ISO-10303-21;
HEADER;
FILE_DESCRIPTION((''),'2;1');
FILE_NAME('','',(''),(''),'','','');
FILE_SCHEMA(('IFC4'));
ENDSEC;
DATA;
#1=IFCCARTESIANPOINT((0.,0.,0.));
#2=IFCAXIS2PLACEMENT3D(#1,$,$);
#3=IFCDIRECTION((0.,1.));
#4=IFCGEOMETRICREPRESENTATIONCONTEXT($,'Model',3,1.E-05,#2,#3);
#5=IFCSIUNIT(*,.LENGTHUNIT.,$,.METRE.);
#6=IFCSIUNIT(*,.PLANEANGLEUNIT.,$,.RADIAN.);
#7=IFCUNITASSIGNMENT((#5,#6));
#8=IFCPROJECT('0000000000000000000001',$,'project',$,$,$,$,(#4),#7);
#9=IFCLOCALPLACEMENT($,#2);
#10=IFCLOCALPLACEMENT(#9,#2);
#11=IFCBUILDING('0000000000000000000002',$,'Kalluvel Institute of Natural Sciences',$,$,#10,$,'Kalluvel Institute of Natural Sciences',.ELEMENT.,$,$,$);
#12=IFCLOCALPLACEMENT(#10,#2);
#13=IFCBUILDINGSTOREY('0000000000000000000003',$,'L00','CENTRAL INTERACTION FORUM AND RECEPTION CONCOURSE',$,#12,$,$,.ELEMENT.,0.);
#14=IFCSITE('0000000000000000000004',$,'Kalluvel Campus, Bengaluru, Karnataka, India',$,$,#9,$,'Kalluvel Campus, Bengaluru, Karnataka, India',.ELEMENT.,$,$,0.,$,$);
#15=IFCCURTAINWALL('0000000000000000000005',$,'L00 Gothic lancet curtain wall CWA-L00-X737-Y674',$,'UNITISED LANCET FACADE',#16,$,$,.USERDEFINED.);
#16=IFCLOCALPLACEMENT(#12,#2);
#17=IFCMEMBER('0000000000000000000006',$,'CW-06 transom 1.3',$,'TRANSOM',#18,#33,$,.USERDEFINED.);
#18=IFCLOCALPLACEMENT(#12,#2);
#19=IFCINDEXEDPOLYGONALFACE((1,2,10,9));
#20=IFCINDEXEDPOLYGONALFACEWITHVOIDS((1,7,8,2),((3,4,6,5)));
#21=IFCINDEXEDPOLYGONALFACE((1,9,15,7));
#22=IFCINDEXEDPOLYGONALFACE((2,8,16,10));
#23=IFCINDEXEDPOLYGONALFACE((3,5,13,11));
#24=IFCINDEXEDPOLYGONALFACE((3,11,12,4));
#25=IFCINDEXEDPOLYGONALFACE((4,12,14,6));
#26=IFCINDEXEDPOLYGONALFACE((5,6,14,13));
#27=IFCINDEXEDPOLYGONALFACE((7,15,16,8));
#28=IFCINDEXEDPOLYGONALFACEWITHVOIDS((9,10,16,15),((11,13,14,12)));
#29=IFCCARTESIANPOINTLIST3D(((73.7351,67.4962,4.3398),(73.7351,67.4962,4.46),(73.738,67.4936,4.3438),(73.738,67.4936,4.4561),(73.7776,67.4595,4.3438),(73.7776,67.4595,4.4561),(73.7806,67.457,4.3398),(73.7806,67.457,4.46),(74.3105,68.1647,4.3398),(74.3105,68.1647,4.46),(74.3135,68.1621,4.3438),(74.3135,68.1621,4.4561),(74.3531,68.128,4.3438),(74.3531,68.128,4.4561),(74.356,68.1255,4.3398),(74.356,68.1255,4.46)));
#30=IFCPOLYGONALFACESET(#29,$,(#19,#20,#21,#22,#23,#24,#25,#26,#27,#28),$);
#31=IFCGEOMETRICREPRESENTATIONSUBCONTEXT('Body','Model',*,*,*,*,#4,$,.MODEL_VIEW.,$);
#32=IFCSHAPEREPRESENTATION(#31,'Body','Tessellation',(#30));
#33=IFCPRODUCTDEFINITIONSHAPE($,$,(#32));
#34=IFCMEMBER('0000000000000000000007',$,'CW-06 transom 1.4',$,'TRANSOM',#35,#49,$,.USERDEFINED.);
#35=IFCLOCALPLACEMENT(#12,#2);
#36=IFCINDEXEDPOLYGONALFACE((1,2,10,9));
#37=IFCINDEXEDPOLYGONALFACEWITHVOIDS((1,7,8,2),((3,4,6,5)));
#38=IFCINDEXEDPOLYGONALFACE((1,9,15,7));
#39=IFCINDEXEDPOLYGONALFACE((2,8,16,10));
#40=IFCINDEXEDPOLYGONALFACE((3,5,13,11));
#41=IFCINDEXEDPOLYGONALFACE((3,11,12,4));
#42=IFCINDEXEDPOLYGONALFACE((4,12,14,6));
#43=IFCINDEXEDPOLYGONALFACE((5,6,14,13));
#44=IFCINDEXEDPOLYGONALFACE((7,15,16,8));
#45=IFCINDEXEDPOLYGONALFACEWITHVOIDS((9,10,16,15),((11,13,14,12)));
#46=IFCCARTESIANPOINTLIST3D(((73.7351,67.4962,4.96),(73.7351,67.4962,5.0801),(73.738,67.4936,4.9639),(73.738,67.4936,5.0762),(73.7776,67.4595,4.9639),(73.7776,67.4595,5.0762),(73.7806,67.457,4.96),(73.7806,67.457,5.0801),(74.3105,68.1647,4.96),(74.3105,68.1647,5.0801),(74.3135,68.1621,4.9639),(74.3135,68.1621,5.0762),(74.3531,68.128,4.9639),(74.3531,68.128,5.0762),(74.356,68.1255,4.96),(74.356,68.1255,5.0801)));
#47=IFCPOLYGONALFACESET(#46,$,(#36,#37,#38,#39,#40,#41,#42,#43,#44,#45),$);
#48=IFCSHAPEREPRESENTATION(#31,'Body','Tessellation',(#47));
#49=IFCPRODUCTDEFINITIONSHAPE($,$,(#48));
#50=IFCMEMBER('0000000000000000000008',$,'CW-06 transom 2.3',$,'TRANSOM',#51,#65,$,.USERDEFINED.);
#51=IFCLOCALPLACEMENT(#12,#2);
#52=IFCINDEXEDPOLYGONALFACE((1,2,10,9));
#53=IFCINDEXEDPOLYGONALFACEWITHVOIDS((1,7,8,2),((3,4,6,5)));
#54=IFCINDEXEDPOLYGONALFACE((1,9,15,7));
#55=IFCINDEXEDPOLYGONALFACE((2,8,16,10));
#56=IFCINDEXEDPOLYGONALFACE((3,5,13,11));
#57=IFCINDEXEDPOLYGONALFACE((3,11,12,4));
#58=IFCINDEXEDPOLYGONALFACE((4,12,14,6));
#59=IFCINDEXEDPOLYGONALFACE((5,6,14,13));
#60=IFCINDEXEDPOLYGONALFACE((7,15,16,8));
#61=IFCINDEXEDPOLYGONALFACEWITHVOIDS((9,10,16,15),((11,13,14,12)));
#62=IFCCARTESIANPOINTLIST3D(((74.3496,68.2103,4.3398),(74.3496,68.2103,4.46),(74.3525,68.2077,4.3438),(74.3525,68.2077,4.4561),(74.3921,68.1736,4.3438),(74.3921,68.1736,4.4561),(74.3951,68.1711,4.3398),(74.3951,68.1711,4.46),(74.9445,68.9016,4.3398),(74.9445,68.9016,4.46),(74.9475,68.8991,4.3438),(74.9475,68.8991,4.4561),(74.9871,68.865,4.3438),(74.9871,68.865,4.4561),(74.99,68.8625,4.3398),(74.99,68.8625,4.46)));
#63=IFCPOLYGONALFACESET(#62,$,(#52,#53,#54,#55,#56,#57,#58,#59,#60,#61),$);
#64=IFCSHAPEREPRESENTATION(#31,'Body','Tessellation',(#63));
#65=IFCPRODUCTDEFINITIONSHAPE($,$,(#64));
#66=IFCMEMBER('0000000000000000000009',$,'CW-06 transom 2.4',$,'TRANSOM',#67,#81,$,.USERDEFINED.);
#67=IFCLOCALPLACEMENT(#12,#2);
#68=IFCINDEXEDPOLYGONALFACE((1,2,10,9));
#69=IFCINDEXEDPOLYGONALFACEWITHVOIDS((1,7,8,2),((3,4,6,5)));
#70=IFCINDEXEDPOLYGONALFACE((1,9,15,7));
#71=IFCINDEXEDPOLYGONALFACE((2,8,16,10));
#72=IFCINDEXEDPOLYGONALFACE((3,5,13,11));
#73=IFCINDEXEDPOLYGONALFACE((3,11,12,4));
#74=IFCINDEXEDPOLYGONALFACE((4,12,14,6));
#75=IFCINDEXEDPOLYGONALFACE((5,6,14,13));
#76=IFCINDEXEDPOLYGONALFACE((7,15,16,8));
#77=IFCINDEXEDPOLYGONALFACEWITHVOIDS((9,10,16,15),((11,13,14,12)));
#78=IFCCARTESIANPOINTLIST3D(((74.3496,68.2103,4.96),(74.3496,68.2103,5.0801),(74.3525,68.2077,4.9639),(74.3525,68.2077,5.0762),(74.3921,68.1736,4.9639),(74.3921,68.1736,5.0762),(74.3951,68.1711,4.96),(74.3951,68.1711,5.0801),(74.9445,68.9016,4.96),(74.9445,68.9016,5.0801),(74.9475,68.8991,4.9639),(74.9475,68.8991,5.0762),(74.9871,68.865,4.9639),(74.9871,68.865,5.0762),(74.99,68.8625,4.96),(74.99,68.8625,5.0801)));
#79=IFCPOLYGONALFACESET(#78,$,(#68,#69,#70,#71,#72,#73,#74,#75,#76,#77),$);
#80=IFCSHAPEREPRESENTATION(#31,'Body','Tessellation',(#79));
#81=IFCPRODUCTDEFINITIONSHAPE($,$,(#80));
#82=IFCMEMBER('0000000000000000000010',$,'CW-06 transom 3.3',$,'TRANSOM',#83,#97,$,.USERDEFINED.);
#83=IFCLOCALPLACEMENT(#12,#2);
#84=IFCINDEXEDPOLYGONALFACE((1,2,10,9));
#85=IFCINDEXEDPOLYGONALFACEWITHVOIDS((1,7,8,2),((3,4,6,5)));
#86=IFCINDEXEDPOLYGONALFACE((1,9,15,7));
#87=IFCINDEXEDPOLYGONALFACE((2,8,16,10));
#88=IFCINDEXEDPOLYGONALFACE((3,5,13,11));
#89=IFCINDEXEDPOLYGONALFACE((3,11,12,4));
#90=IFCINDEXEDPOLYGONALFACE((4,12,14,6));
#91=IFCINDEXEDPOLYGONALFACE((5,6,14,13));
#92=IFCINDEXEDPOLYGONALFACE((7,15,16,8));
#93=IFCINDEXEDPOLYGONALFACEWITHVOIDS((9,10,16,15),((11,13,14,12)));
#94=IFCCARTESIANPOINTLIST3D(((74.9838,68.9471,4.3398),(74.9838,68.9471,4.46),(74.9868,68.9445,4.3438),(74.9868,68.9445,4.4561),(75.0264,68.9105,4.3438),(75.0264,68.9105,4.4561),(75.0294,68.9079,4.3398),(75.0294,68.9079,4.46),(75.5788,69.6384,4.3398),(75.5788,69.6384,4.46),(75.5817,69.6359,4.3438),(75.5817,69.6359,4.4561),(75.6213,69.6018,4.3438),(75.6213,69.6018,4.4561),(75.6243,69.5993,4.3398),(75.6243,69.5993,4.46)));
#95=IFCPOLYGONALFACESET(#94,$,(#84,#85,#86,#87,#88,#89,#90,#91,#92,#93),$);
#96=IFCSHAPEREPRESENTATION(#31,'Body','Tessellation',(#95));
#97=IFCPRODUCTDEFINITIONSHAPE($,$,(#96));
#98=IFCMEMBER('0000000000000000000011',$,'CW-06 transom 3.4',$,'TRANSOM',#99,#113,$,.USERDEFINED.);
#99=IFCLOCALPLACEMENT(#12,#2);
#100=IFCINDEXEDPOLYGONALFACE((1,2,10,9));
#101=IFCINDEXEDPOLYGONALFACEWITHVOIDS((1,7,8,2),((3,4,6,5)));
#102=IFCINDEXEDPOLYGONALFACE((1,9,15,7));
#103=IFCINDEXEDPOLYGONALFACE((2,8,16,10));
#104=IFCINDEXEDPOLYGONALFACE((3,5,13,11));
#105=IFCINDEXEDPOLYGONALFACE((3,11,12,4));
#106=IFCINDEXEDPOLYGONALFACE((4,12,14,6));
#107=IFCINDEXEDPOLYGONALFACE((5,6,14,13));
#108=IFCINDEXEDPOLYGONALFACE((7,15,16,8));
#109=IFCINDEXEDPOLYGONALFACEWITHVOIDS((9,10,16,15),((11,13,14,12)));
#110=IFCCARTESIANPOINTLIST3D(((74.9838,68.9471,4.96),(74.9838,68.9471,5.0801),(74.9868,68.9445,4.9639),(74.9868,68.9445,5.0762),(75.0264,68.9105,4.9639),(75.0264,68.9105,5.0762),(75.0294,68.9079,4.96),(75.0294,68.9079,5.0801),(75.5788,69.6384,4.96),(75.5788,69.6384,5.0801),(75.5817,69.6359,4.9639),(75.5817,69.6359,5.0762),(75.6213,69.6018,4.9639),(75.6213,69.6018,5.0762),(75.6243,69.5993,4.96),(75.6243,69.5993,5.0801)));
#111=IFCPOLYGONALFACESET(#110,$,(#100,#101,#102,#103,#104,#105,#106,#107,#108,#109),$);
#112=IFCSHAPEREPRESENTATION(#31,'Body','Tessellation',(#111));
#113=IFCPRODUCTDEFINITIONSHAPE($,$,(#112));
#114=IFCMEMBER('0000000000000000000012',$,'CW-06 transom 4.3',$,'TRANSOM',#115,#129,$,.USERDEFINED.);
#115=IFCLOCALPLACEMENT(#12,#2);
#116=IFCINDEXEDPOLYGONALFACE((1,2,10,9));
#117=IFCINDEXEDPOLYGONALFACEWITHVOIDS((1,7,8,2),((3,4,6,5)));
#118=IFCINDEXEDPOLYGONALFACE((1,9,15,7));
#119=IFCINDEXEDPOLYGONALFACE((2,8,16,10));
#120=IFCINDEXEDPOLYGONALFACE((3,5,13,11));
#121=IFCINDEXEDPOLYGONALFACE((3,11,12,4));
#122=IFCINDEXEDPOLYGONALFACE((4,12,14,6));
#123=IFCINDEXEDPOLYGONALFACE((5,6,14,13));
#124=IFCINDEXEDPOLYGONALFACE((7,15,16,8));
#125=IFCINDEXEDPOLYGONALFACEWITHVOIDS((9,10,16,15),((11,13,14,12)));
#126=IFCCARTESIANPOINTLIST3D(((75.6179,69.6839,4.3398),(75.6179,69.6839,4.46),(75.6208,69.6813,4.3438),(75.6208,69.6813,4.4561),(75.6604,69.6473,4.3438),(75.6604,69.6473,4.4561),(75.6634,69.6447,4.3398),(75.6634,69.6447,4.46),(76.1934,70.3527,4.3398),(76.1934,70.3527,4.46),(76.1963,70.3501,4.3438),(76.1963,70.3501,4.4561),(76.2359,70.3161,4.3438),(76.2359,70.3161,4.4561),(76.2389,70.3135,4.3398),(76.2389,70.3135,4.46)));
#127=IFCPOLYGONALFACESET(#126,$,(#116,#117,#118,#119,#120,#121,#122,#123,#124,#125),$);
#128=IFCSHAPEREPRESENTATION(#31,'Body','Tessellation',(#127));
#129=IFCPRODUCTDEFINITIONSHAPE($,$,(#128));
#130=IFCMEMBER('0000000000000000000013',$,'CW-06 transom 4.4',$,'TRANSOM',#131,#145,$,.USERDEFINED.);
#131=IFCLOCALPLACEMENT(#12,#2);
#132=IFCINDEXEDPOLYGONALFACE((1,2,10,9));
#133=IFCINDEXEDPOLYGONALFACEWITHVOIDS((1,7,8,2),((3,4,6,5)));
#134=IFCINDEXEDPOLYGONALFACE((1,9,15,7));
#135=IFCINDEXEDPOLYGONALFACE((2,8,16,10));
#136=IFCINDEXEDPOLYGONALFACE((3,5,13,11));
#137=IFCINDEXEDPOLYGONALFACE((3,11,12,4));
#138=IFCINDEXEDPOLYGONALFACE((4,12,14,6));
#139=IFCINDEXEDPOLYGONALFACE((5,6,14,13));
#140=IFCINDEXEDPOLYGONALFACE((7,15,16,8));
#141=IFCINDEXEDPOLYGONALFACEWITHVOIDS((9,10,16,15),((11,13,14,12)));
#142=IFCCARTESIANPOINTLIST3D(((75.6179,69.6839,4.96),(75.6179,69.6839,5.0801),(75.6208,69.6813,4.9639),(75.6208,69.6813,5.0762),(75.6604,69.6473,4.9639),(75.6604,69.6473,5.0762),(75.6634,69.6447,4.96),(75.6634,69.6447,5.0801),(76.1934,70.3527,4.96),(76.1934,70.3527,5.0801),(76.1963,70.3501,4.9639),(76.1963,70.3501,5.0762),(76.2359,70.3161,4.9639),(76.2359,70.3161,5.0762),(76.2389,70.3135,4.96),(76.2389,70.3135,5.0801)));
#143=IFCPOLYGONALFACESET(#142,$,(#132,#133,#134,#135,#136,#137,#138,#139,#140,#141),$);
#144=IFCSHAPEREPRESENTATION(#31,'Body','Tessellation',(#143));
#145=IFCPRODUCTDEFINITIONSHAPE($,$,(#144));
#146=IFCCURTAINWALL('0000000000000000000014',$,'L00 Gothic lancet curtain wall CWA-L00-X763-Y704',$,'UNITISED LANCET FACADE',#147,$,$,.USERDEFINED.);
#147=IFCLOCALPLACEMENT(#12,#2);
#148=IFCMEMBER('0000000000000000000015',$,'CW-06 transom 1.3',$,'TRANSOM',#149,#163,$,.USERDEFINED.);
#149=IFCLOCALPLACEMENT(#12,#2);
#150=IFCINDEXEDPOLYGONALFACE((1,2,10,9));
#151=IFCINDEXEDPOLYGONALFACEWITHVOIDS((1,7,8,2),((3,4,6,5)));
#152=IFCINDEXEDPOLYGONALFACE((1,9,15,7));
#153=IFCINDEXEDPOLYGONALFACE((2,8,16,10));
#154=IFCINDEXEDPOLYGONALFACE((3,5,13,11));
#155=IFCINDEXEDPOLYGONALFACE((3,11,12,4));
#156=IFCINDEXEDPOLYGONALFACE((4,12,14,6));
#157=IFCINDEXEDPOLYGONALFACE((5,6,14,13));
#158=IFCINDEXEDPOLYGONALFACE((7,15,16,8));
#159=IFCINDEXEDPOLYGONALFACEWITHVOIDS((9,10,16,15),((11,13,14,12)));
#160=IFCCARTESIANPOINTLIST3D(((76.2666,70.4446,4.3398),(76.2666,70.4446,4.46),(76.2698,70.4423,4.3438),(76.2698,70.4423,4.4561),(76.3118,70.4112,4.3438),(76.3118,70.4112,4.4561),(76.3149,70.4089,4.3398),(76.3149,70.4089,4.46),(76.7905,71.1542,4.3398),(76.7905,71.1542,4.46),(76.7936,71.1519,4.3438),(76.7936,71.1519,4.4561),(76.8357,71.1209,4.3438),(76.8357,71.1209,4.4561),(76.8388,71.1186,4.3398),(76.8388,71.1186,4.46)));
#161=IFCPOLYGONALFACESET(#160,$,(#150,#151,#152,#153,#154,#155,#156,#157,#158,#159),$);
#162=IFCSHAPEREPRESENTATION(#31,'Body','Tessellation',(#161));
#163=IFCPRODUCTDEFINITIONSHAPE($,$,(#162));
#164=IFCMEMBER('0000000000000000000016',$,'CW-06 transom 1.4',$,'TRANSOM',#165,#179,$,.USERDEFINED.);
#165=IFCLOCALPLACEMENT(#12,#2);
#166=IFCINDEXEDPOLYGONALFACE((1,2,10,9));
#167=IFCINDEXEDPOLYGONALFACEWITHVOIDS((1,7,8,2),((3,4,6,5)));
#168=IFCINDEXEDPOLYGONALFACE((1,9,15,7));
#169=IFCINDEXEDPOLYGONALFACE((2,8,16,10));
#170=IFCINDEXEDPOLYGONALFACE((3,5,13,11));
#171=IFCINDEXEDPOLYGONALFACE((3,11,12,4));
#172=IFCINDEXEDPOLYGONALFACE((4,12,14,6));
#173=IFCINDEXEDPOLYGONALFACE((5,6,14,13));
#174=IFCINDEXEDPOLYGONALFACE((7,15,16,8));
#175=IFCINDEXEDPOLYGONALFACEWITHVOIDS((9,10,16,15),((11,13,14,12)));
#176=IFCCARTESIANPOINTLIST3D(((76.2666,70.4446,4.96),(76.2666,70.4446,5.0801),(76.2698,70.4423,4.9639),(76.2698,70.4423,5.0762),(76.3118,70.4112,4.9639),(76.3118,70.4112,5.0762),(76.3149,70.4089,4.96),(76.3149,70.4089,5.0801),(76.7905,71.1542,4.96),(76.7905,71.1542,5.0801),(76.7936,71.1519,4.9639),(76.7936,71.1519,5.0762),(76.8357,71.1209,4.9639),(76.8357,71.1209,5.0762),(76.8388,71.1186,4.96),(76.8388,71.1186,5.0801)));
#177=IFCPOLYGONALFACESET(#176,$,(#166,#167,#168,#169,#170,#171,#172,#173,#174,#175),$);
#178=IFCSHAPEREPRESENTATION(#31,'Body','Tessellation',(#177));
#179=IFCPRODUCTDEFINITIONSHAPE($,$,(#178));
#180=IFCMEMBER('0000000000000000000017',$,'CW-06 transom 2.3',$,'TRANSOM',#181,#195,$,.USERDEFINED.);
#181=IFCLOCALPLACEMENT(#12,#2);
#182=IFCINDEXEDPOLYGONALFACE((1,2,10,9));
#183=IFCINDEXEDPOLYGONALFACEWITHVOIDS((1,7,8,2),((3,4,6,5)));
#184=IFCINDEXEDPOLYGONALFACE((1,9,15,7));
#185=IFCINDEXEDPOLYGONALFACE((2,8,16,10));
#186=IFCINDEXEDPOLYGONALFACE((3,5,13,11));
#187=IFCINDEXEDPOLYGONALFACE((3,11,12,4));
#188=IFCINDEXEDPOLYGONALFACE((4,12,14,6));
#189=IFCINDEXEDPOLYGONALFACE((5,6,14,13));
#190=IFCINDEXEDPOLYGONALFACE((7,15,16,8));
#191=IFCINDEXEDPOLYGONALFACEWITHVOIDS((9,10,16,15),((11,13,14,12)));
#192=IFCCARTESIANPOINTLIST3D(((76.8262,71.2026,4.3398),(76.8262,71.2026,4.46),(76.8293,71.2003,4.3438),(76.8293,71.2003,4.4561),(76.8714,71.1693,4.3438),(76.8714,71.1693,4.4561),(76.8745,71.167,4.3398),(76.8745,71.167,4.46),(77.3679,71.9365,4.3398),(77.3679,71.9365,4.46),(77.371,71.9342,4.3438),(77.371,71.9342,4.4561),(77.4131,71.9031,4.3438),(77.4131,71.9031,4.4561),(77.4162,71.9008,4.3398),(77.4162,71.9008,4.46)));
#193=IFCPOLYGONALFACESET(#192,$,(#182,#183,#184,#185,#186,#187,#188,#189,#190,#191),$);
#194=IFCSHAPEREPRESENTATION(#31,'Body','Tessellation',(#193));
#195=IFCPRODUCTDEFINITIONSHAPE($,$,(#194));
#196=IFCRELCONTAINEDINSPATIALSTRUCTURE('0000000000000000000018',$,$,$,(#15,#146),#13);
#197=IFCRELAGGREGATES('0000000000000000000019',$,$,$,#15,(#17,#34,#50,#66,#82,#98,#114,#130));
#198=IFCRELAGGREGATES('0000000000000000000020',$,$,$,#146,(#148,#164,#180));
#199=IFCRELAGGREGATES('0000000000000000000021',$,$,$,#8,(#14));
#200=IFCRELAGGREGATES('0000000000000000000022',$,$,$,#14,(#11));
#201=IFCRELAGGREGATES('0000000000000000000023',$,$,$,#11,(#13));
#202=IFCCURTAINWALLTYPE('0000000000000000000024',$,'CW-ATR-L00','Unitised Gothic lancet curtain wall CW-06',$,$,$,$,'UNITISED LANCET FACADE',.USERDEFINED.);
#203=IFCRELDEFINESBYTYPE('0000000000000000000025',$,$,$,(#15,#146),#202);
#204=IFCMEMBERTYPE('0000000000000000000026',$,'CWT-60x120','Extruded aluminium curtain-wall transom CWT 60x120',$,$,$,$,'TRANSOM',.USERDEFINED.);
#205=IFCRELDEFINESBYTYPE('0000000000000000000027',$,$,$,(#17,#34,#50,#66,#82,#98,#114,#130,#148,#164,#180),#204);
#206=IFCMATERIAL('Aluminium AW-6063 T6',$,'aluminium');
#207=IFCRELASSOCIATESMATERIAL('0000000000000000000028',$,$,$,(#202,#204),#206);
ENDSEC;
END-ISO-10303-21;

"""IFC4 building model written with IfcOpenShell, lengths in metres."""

from ifc_helpers import new_model, si_unit, direction, frame, origin, origin_2d, place, context, subcontext, project, spatial, hollow_rectangle, extrude, material, material_profile, profile_set, type_object, element, aggregate, save


model = new_model("IFC4")

# Units and contexts
model_context = context("Model", 3, precision=1e-05, world=origin(), true_north=direction((0.0, 1.0)))
body_context = subcontext(model_context, "Body", "Model", "MODEL_VIEW")
ifc_project = project(units=[si_unit("LENGTHUNIT", "METRE"), si_unit("PLANEANGLEUNIT", "RADIAN")], contexts=[model_context])

# Site, building, storey
site_placement = place(None, origin())
site = spatial("IfcSite", under=ifc_project, at=site_placement, Name="Kalluvel Campus, Bengaluru, Karnataka, India", LongName="Kalluvel Campus, Bengaluru, Karnataka, India", CompositionType="ELEMENT", RefElevation=0.0)
building_placement = place(site_placement, origin())
building = spatial("IfcBuilding", under=site, at=building_placement, Name="Kalluvel Institute of Natural Sciences", LongName="Kalluvel Institute of Natural Sciences", CompositionType="ELEMENT")
storey_placement = place(building_placement, origin())
storey = spatial("IfcBuildingStorey", under=building, at=storey_placement, Name="L00", Description="CENTRAL INTERACTION FORUM AND RECEPTION CONCOURSE", CompositionType="ELEMENT", Elevation=0.0)

# Curtain walls, members
ifc_material_1 = material(Name="Aluminium AW-6063 T6", Category="aluminium")
curtain_wall_type = type_object("IfcCurtainWallType", Name="CW-ATR-L00", Description="Unitised Gothic lancet curtain wall CW-06", ElementType="UNITISED LANCET FACADE", PredefinedType="USERDEFINED", material=ifc_material_1)
curtain_wall_1_placement = place(storey_placement, origin())
curtain_wall_1 = element("IfcCurtainWall", 1, at=curtain_wall_1_placement, inside=storey, type_object=curtain_wall_type, Name="L00 Gothic lancet curtain wall CWA-L00-X737-Y674", ObjectType="UNITISED LANCET FACADE", PredefinedType="USERDEFINED")
ifc_material_profile = material_profile(ifc_material_1, hollow_rectangle(XDim=0.0601, YDim=0.1201, WallThickness=0.0039, at=origin_2d()), Name="CWT 60x120")
ifc_profile_set = profile_set([ifc_material_profile], Name="Aluminium AW-6063 T6")
member_type = type_object("IfcMemberType", Name="CWT-60x120", Description="Extruded aluminium curtain-wall transom CWT 60x120", ElementType="TRANSOM", PredefinedType="USERDEFINED", material=ifc_profile_set)
member_1_placement = place(storey_placement, frame((73.7578, 67.4766, 4.3999), z_axis=(0.652408, 0.757868, 0.0), x_axis=(-0.757868, 0.652408, 0.0)))
member_1 = element("IfcMember", 2, at=member_1_placement, type_object=member_type, Name="CW-06 transom 1.3", ObjectType="TRANSOM", PredefinedType="USERDEFINED", context=body_context, shape_type="SweptSolid", body=[
    extrude(hollow_rectangle(XDim=0.0601, YDim=0.1201, WallThickness=0.0039, at=origin_2d()), origin(), (0.0, 0.0, 1.0), 0.8821),
])
member_2_placement = place(storey_placement, frame((73.7578, 67.4766, 5.02), z_axis=(0.652408, 0.757868, 0.0), x_axis=(-0.757868, 0.652408, 0.0)))
member_2 = element("IfcMember", 3, at=member_2_placement, type_object=member_type, Name="CW-06 transom 1.4", ObjectType="TRANSOM", PredefinedType="USERDEFINED", context=body_context, shape_type="SweptSolid", body=[
    extrude(hollow_rectangle(XDim=0.0601, YDim=0.1201, WallThickness=0.0039, at=origin_2d()), origin(), (0.0, 0.0, 1.0), 0.8821),
])
member_3_placement = place(storey_placement, frame((74.3723, 68.1907, 4.3999), z_axis=(0.652267, 0.757989, 0.0), x_axis=(-0.757989, 0.652267, 0.0)))
member_3 = element("IfcMember", 4, at=member_3_placement, type_object=member_type, Name="CW-06 transom 2.3", ObjectType="TRANSOM", PredefinedType="USERDEFINED", context=body_context, shape_type="SweptSolid", body=[
    extrude(hollow_rectangle(XDim=0.0601, YDim=0.1201, WallThickness=0.0039, at=origin_2d()), origin(), (0.0, 0.0, 1.0), 0.9121),
])
member_4_placement = place(storey_placement, frame((74.3723, 68.1907, 5.02), z_axis=(0.652267, 0.757989, 0.0), x_axis=(-0.757989, 0.652267, 0.0)))
member_4 = element("IfcMember", 5, at=member_4_placement, type_object=member_type, Name="CW-06 transom 2.4", ObjectType="TRANSOM", PredefinedType="USERDEFINED", context=body_context, shape_type="SweptSolid", body=[
    extrude(hollow_rectangle(XDim=0.0601, YDim=0.1201, WallThickness=0.0039, at=origin_2d()), origin(), (0.0, 0.0, 1.0), 0.9121),
])
member_5_placement = place(storey_placement, frame((75.0066, 68.9275, 4.3999), z_axis=(0.652267, 0.757989, 0.0), x_axis=(-0.757989, 0.652267, 0.0)))
member_5 = element("IfcMember", 6, at=member_5_placement, type_object=member_type, Name="CW-06 transom 3.3", ObjectType="TRANSOM", PredefinedType="USERDEFINED", context=body_context, shape_type="SweptSolid", body=[
    extrude(hollow_rectangle(XDim=0.0601, YDim=0.1201, WallThickness=0.0039, at=origin_2d()), origin(), (0.0, 0.0, 1.0), 0.9121),
])
member_6_placement = place(storey_placement, frame((75.0066, 68.9275, 5.02), z_axis=(0.652267, 0.757989, 0.0), x_axis=(-0.757989, 0.652267, 0.0)))
member_6 = element("IfcMember", 7, at=member_6_placement, type_object=member_type, Name="CW-06 transom 3.4", ObjectType="TRANSOM", PredefinedType="USERDEFINED", context=body_context, shape_type="SweptSolid", body=[
    extrude(hollow_rectangle(XDim=0.0601, YDim=0.1201, WallThickness=0.0039, at=origin_2d()), origin(), (0.0, 0.0, 1.0), 0.9121),
])
member_7_placement = place(storey_placement, frame((75.6406, 69.6643, 4.3999), z_axis=(0.652271, 0.757985, 0.0), x_axis=(-0.757985, 0.652271, 0.0)))
member_7 = element("IfcMember", 8, at=member_7_placement, type_object=member_type, Name="CW-06 transom 4.3", ObjectType="TRANSOM", PredefinedType="USERDEFINED", context=body_context, shape_type="SweptSolid", body=[
    extrude(hollow_rectangle(XDim=0.0601, YDim=0.1201, WallThickness=0.0039, at=origin_2d()), origin(), (0.0, 0.0, 1.0), 0.8823),
])
member_8_placement = place(storey_placement, frame((75.6406, 69.6643, 5.02), z_axis=(0.652271, 0.757985, 0.0), x_axis=(-0.757985, 0.652271, 0.0)))
member_8 = element("IfcMember", 9, at=member_8_placement, type_object=member_type, Name="CW-06 transom 4.4", ObjectType="TRANSOM", PredefinedType="USERDEFINED", context=body_context, shape_type="SweptSolid", body=[
    extrude(hollow_rectangle(XDim=0.0601, YDim=0.1201, WallThickness=0.0039, at=origin_2d()), origin(), (0.0, 0.0, 1.0), 0.8823),
])
curtain_wall_2_placement = place(storey_placement, origin())
curtain_wall_2 = element("IfcCurtainWall", 10, at=curtain_wall_2_placement, inside=storey, type_object=curtain_wall_type, Name="L00 Gothic lancet curtain wall CWA-L00-X763-Y704", ObjectType="UNITISED LANCET FACADE", PredefinedType="USERDEFINED")
member_9_placement = place(storey_placement, frame((76.2908, 70.4268, 4.3999), z_axis=(0.593916, 0.804527, 0.0), x_axis=(-0.804527, 0.593916, 0.0)))
member_9 = element("IfcMember", 11, at=member_9_placement, type_object=member_type, Name="CW-06 transom 1.3", ObjectType="TRANSOM", PredefinedType="USERDEFINED", context=body_context, shape_type="SweptSolid", body=[
    extrude(hollow_rectangle(XDim=0.0601, YDim=0.1201, WallThickness=0.0039, at=origin_2d()), origin(), (0.0, 0.0, 1.0), 0.8821),
])
member_10_placement = place(storey_placement, frame((76.2908, 70.4268, 5.02), z_axis=(0.593916, 0.804527, 0.0), x_axis=(-0.804527, 0.593916, 0.0)))
member_10 = element("IfcMember", 12, at=member_10_placement, type_object=member_type, Name="CW-06 transom 1.4", ObjectType="TRANSOM", PredefinedType="USERDEFINED", context=body_context, shape_type="SweptSolid", body=[
    extrude(hollow_rectangle(XDim=0.0601, YDim=0.1201, WallThickness=0.0039, at=origin_2d()), origin(), (0.0, 0.0, 1.0), 0.8821),
])
member_11_placement = place(storey_placement, frame((76.8503, 71.1848, 4.3999), z_axis=(0.593902, 0.804538, 0.0), x_axis=(-0.804538, 0.593902, 0.0)))
member_11 = element("IfcMember", 13, at=member_11_placement, type_object=member_type, Name="CW-06 transom 2.3", ObjectType="TRANSOM", PredefinedType="USERDEFINED", context=body_context, shape_type="SweptSolid", body=[
    extrude(hollow_rectangle(XDim=0.0601, YDim=0.1201, WallThickness=0.0039, at=origin_2d()), origin(), (0.0, 0.0, 1.0), 0.9121),
])

aggregate(curtain_wall_1, [member_1, member_2, member_3, member_4, member_5, member_6, member_7, member_8])
aggregate(curtain_wall_2, [member_9, member_10, member_11])

save(model, "model.ifc")
